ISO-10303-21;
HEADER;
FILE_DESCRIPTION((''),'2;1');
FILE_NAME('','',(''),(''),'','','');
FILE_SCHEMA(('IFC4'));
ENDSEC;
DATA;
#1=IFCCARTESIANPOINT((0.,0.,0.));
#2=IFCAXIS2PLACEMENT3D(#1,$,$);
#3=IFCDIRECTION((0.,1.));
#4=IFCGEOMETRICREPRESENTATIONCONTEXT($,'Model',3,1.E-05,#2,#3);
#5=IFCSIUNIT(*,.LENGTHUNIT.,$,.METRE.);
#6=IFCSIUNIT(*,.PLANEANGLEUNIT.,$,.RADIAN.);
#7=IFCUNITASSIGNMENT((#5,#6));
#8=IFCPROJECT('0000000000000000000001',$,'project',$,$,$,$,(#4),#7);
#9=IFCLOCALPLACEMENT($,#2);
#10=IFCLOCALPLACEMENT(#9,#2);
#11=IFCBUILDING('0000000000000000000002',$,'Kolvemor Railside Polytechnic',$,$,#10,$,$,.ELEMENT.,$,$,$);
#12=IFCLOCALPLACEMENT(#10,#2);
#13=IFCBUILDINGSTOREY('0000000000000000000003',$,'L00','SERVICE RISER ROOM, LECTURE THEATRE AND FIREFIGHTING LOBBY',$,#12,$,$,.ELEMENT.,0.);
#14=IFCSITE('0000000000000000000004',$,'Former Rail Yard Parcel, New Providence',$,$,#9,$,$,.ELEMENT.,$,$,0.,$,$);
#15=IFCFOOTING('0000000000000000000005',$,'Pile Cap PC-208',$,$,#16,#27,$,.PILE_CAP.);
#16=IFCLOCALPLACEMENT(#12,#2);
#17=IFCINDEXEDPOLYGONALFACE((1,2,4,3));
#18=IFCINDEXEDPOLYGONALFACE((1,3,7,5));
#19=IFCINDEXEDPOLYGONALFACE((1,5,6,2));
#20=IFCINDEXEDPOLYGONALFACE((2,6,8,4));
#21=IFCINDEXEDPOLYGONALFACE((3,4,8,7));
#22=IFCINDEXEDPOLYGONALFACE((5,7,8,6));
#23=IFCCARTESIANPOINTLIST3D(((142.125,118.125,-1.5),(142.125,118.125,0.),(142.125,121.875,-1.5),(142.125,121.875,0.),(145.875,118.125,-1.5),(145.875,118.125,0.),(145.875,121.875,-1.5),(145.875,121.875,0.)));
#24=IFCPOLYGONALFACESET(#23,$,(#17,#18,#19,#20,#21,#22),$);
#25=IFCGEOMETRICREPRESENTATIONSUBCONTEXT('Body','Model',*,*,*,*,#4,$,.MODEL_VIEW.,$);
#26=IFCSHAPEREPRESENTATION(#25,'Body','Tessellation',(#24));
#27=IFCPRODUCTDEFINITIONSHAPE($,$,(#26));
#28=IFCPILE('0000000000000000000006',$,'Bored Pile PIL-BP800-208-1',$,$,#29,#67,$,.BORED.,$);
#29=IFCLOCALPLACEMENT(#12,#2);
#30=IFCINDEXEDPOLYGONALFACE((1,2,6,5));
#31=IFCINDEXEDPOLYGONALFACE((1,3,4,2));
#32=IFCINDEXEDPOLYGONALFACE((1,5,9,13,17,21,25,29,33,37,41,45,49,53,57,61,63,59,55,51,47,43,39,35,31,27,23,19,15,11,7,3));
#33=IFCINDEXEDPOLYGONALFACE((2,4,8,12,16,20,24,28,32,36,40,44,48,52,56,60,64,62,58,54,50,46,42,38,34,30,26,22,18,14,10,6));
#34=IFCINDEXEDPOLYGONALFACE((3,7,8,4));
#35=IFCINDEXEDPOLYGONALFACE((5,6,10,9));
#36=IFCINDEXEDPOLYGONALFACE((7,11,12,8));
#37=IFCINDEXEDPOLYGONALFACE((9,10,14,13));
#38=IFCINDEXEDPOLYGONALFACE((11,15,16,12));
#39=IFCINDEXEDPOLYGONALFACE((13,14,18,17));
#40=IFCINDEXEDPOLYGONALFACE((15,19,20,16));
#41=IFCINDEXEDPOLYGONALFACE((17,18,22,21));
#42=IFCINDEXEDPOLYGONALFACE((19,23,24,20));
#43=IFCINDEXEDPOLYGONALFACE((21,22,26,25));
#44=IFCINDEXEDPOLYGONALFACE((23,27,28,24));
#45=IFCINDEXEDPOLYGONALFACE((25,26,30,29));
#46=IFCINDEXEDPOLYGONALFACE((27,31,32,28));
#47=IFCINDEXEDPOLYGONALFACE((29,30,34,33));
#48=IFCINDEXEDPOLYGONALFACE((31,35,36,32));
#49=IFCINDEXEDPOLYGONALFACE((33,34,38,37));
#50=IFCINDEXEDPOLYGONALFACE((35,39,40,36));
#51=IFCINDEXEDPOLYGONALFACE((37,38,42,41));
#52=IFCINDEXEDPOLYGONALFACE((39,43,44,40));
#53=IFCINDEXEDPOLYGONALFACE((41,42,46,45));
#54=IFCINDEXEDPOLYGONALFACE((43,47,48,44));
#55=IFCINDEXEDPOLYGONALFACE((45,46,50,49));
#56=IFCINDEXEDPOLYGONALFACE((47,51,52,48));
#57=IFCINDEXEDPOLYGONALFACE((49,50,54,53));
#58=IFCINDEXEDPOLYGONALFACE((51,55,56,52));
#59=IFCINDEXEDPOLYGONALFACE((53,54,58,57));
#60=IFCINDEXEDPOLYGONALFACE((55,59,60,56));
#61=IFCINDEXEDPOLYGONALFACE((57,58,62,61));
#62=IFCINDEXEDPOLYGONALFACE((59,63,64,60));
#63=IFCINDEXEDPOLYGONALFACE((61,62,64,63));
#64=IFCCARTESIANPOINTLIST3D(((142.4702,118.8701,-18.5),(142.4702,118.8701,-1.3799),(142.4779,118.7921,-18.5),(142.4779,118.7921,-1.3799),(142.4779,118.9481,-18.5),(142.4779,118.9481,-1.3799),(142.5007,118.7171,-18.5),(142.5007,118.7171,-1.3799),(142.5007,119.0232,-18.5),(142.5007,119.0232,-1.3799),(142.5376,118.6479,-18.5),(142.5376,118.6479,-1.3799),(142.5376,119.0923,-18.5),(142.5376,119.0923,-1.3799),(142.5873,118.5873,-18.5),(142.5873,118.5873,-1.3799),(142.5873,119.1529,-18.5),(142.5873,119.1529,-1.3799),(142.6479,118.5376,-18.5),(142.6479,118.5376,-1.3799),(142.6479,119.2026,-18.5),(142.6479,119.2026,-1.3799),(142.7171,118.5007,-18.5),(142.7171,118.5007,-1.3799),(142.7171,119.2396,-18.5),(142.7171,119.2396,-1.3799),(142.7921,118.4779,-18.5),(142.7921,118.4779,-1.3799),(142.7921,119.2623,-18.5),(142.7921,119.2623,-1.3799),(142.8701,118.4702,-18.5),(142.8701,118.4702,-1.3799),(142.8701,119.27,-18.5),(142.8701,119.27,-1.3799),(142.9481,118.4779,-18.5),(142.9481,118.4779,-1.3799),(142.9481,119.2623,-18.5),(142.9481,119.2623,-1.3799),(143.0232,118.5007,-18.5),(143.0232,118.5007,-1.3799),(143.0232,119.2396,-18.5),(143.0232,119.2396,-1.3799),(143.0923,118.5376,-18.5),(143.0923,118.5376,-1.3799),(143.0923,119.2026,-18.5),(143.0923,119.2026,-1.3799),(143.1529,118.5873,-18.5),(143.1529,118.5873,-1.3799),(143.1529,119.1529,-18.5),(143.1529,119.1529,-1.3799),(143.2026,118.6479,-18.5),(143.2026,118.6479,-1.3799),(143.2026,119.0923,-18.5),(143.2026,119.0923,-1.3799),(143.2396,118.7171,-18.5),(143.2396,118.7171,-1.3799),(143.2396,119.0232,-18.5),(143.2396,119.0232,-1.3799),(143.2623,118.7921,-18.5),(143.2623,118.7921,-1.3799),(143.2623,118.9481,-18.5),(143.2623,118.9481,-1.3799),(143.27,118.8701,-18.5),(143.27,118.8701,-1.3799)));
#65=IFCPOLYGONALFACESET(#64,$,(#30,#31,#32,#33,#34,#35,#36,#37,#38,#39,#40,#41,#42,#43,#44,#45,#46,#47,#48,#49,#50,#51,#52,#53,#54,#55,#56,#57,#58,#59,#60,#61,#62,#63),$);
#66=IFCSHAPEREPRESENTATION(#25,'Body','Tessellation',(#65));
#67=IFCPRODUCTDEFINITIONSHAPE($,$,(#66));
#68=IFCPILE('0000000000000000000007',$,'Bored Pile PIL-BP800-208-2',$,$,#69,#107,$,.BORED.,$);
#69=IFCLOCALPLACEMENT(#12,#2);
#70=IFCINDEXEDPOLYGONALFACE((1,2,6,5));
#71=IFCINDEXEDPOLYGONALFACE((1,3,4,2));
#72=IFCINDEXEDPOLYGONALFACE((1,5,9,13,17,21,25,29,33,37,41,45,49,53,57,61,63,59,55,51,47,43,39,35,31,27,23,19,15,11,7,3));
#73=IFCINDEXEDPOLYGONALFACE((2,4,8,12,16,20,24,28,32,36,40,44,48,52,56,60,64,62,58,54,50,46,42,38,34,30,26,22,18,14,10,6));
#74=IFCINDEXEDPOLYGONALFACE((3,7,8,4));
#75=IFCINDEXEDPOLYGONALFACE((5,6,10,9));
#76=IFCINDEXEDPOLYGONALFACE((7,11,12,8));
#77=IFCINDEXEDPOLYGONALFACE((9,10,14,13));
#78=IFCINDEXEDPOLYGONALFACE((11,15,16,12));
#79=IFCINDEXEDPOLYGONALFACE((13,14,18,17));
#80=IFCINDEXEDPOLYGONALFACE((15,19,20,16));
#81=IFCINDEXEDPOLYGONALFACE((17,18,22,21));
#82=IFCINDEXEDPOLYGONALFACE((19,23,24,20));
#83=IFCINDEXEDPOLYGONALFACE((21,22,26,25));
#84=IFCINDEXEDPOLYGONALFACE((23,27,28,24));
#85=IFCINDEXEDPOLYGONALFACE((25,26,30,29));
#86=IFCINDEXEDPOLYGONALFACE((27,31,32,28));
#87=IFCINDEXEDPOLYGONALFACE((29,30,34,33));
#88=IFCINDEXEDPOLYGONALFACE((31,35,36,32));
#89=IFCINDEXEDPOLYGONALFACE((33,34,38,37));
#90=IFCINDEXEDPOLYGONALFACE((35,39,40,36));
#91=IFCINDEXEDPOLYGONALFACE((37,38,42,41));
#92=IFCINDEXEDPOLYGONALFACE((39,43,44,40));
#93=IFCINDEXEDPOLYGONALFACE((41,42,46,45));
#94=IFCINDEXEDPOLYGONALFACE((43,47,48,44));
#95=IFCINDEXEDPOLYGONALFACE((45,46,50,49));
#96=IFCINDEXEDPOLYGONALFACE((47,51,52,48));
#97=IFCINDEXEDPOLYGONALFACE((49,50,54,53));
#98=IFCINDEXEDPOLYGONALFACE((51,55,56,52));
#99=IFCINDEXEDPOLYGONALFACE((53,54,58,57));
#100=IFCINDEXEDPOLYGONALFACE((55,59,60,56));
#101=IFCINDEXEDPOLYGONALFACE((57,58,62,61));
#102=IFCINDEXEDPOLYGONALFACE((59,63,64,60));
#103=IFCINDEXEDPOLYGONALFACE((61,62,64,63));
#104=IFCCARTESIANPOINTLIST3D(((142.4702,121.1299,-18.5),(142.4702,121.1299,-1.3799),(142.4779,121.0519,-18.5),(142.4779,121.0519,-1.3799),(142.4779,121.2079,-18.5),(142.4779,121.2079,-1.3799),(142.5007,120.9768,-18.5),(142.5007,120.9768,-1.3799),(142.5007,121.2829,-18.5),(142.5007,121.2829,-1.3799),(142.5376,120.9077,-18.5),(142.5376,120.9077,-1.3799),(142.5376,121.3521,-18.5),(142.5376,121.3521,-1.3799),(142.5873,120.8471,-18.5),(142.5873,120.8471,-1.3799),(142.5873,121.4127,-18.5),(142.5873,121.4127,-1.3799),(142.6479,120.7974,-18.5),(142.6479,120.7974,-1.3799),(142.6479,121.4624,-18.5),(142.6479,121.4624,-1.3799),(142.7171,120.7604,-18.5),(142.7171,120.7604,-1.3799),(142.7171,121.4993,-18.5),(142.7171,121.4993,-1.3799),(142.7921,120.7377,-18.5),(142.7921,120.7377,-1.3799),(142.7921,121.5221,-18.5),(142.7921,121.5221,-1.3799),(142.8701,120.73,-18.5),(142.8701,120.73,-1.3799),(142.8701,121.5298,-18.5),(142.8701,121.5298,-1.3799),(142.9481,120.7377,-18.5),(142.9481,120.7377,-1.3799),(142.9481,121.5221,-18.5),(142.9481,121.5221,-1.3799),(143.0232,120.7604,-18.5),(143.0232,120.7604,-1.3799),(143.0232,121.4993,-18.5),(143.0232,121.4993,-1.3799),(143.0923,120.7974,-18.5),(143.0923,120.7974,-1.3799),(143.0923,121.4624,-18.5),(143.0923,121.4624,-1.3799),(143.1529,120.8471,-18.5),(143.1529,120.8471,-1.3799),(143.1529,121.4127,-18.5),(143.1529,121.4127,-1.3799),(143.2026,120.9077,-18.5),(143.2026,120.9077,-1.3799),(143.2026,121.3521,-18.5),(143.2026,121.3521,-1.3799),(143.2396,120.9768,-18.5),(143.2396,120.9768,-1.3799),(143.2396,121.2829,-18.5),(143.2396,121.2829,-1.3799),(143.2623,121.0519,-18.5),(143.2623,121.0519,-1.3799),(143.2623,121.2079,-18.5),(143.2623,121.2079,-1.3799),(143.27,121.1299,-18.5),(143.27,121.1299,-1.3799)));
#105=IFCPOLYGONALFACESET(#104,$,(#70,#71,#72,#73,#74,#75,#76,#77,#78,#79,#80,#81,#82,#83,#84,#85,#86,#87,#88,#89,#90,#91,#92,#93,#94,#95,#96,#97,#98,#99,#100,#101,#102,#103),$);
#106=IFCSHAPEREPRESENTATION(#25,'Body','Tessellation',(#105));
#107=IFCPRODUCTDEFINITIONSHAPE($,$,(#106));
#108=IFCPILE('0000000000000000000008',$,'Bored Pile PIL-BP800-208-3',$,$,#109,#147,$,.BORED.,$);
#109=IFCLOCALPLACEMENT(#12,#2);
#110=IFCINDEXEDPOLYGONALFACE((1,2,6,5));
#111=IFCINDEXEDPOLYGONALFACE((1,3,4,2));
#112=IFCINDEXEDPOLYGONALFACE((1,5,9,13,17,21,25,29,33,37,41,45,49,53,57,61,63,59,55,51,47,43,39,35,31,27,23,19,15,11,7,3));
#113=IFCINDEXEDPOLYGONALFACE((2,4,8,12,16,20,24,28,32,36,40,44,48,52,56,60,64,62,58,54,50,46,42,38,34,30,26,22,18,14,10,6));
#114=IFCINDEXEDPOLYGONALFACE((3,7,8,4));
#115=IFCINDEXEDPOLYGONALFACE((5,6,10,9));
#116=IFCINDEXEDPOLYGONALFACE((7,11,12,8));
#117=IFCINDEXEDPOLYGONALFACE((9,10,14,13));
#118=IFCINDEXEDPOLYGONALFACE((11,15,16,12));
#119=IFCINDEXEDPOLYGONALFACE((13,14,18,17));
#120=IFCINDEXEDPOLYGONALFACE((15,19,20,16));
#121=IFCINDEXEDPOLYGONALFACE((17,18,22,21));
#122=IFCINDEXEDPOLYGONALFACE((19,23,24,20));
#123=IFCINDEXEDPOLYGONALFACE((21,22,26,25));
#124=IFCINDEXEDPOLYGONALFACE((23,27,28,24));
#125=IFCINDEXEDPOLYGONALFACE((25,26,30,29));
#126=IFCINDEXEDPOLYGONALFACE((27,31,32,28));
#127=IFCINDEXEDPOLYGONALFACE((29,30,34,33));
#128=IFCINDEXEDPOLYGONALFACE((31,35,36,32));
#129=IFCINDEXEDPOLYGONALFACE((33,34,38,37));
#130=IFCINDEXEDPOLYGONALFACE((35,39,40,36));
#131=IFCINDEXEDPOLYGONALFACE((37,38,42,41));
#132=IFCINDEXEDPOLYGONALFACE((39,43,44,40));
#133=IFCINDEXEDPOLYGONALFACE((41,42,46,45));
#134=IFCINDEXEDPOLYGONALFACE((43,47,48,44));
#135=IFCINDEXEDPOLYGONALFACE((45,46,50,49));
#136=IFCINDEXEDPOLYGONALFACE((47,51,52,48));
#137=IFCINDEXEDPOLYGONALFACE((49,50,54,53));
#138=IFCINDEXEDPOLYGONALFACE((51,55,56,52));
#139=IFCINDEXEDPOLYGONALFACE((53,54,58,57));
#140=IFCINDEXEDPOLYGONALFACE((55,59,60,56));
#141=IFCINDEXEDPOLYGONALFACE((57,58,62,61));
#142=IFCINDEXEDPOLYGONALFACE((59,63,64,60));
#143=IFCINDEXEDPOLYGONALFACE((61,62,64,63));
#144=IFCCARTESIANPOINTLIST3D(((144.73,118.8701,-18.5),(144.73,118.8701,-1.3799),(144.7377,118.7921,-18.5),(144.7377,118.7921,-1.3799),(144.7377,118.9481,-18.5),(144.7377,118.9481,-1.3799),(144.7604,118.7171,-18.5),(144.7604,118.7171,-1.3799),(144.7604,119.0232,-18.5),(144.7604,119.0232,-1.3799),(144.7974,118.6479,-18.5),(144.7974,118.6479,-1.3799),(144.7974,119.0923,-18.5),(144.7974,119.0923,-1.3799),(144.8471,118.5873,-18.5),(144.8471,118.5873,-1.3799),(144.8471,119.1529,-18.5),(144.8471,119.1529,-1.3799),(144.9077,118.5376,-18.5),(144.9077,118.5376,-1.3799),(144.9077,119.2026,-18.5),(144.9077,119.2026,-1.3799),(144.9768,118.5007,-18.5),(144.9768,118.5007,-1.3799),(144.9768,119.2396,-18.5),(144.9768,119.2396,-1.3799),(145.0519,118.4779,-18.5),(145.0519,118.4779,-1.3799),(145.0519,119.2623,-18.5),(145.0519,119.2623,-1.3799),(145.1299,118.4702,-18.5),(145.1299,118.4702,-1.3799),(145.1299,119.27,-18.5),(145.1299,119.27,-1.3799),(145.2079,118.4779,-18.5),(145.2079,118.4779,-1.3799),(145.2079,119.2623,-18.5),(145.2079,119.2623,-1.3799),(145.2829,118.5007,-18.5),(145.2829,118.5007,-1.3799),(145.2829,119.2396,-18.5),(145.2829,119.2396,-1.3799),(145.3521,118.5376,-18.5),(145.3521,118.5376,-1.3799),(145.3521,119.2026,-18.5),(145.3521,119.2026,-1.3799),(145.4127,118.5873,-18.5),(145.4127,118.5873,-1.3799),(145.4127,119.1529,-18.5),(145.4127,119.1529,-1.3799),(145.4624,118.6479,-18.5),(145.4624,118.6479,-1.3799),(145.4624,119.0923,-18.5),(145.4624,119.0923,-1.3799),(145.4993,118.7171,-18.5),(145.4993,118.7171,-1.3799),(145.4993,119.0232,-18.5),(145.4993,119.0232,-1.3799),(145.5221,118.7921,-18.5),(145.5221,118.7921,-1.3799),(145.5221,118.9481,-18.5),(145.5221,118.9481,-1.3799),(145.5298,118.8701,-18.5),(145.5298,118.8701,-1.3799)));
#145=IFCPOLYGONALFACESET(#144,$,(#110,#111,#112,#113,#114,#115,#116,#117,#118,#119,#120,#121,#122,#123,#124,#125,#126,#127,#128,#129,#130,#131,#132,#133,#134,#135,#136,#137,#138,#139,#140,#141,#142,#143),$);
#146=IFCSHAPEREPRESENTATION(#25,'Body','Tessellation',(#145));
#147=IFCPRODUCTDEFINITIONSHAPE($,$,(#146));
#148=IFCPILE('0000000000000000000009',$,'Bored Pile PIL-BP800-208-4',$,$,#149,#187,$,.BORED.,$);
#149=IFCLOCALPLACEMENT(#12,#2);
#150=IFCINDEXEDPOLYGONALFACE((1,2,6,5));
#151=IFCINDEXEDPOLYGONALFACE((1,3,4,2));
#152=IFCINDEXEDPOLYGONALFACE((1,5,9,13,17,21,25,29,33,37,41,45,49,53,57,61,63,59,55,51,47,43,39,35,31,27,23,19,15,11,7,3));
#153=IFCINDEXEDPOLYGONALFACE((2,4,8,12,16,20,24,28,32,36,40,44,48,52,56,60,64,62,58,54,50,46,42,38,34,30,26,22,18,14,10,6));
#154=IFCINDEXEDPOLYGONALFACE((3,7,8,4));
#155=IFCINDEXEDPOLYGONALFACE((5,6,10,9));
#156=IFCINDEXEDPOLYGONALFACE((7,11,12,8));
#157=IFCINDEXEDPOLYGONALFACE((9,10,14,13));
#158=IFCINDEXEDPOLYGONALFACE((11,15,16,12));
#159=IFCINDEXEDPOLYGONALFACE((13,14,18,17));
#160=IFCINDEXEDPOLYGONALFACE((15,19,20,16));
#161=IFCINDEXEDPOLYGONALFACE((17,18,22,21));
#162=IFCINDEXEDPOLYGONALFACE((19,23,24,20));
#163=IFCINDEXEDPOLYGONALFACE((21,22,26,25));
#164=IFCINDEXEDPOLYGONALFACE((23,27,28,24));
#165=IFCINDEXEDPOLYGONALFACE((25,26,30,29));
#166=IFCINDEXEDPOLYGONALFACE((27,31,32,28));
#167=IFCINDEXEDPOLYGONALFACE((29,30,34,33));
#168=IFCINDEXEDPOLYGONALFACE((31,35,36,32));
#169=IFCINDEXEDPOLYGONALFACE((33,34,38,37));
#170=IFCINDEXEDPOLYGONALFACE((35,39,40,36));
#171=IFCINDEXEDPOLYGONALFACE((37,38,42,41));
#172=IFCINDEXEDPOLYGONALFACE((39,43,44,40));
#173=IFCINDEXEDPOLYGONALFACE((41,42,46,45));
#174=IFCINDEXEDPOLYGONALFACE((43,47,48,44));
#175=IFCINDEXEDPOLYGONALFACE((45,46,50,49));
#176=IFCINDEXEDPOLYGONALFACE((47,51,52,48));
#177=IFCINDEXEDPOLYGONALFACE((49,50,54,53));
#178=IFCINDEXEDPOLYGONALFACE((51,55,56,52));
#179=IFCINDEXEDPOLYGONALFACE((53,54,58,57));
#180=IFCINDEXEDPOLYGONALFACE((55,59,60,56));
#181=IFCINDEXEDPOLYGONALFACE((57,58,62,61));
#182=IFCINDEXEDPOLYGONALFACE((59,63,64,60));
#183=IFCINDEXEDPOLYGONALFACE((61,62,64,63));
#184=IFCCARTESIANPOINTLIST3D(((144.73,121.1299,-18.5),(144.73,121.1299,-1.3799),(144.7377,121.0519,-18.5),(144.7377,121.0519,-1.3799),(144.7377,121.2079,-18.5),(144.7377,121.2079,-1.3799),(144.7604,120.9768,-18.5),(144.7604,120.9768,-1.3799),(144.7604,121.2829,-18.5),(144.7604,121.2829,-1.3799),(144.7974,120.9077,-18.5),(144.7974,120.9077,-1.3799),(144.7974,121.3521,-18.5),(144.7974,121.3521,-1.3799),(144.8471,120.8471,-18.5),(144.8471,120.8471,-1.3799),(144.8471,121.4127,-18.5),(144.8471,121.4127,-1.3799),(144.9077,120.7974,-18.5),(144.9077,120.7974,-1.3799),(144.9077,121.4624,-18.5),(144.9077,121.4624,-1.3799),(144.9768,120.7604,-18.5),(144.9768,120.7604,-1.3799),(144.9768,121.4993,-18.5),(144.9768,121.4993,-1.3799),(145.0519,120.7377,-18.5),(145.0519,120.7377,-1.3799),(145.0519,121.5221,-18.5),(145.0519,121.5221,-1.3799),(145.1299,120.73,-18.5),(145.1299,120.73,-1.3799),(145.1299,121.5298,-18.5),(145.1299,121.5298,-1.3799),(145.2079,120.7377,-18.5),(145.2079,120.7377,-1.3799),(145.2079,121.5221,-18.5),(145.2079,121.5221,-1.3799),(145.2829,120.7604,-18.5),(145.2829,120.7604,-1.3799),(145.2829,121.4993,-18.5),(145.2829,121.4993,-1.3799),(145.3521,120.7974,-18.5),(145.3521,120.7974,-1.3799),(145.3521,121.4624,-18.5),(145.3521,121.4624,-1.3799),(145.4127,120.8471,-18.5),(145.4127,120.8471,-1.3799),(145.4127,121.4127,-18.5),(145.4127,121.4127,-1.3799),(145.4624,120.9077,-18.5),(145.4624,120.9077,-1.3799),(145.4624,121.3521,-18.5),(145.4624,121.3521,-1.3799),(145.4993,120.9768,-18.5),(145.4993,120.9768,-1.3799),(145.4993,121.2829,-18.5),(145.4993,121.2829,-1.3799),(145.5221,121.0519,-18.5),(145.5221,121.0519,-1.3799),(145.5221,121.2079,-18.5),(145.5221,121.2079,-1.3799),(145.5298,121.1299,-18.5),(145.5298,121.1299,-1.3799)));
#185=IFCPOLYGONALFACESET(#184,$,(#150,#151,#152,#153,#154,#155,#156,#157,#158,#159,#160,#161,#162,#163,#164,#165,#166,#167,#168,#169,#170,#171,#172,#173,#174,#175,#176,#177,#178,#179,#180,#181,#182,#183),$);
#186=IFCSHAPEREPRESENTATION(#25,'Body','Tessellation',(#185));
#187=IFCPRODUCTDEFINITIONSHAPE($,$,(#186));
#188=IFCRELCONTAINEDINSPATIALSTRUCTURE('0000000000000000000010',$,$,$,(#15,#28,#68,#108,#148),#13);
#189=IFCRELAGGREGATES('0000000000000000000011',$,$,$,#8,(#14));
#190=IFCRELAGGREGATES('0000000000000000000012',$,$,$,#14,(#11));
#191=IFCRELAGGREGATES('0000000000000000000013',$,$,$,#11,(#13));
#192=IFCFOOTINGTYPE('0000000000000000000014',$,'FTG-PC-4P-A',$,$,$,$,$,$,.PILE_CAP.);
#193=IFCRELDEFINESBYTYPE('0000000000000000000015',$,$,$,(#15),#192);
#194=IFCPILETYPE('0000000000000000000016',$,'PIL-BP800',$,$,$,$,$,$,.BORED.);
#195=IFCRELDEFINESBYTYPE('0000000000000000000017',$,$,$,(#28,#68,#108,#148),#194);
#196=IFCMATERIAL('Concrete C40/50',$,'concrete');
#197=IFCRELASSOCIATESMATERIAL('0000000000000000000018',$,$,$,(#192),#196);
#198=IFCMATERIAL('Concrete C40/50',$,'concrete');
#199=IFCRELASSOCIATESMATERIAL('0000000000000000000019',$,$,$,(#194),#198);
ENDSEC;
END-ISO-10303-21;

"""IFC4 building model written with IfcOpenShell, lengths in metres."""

from ifc_helpers import new_model, si_unit, direction, frame, origin, origin_2d, place, context, subcontext, project, spatial, rectangle, circle, extrude, material, material_profile, profile_set, type_object, element, save


model = new_model("IFC4")

# Units and contexts
model_context = context("Model", 3, precision=1e-05, world=origin(), true_north=direction((0.0, 1.0)))
body_context = subcontext(model_context, "Body", "Model", "MODEL_VIEW")
ifc_project = project(units=[si_unit("LENGTHUNIT", "METRE"), si_unit("PLANEANGLEUNIT", "RADIAN")], contexts=[model_context])

# Site, building, storey
site_placement = place(None, origin())
site = spatial("IfcSite", under=ifc_project, at=site_placement, Name="Former Rail Yard Parcel, New Providence", CompositionType="ELEMENT", RefElevation=0.0)
building_placement = place(site_placement, origin())
building = spatial("IfcBuilding", under=site, at=building_placement, Name="Kolvemor Railside Polytechnic", CompositionType="ELEMENT")
storey_placement = place(building_placement, origin())
storey = spatial("IfcBuildingStorey", under=building, at=storey_placement, Name="L00", Description="SERVICE RISER ROOM, LECTURE THEATRE AND FIREFIGHTING LOBBY", CompositionType="ELEMENT", Elevation=0.0)

# Footing
ifc_material_1 = material(Name="Concrete C40/50", Category="concrete")
footing_type = type_object("IfcFootingType", Name="FTG-PC-4P-A", PredefinedType="PILE_CAP", material=ifc_material_1)
footing_placement = place(storey_placement, frame((144.0, 120.0, -1.5), z_axis=(0.0, 0.0, 1.0), x_axis=(1.0, 0.0, 0.0)))
element("IfcFooting", 1, at=footing_placement, inside=storey, type_object=footing_type, Name="Pile Cap PC-208", PredefinedType="PILE_CAP", context=body_context, shape_type="SweptSolid", body=[
    extrude(rectangle(XDim=3.75, YDim=3.75, at=origin_2d()), origin(), (0.0, 0.0, 1.0), 1.5),
])

# Piles
ifc_material_2 = material(Name="Concrete C40/50", Category="concrete")
ifc_material_profile_1 = material_profile(ifc_material_2, circle(Radius=0.3999, at=origin_2d()), Name="BP800")
ifc_profile_set_1 = profile_set([ifc_material_profile_1], Name="Concrete C40/50")
pile_type_1 = type_object("IfcPileType", Name="PIL-BP800", PredefinedType="BORED", material=ifc_profile_set_1)
for number, where, z_axis, x_axis, name in (
    (2, (142.8701, 118.8701, -1.3799), (0.0, 0.0, -1.0), (1.0, 0.0, 0.0), "Bored Pile PIL-BP800-208-1"),
    (3, (142.8701, 121.1299, -1.3799), (0.0, 0.0, -1.0), (1.0, 0.0, 0.0), "Bored Pile PIL-BP800-208-2"),
    (4, (145.1299, 118.8701, -1.3799), (0.0, 0.0, -1.0), (1.0, 0.0, 0.0), "Bored Pile PIL-BP800-208-3"),
    (5, (145.1299, 121.1299, -1.3799), (0.0, 0.0, -1.0), (1.0, 0.0, 0.0), "Bored Pile PIL-BP800-208-4"),
):
    element("IfcPile", number, at=place(storey_placement, frame(where, z_axis=z_axis, x_axis=x_axis)), inside=storey, type_object=pile_type_1, Name=name, PredefinedType="BORED", context=body_context, shape_type="SweptSolid", body=[
        extrude(circle(Radius=0.3999, at=origin_2d()), origin(), (0.0, 0.0, 1.0), 17.1201),
    ])

save(model, "model.ifc")
